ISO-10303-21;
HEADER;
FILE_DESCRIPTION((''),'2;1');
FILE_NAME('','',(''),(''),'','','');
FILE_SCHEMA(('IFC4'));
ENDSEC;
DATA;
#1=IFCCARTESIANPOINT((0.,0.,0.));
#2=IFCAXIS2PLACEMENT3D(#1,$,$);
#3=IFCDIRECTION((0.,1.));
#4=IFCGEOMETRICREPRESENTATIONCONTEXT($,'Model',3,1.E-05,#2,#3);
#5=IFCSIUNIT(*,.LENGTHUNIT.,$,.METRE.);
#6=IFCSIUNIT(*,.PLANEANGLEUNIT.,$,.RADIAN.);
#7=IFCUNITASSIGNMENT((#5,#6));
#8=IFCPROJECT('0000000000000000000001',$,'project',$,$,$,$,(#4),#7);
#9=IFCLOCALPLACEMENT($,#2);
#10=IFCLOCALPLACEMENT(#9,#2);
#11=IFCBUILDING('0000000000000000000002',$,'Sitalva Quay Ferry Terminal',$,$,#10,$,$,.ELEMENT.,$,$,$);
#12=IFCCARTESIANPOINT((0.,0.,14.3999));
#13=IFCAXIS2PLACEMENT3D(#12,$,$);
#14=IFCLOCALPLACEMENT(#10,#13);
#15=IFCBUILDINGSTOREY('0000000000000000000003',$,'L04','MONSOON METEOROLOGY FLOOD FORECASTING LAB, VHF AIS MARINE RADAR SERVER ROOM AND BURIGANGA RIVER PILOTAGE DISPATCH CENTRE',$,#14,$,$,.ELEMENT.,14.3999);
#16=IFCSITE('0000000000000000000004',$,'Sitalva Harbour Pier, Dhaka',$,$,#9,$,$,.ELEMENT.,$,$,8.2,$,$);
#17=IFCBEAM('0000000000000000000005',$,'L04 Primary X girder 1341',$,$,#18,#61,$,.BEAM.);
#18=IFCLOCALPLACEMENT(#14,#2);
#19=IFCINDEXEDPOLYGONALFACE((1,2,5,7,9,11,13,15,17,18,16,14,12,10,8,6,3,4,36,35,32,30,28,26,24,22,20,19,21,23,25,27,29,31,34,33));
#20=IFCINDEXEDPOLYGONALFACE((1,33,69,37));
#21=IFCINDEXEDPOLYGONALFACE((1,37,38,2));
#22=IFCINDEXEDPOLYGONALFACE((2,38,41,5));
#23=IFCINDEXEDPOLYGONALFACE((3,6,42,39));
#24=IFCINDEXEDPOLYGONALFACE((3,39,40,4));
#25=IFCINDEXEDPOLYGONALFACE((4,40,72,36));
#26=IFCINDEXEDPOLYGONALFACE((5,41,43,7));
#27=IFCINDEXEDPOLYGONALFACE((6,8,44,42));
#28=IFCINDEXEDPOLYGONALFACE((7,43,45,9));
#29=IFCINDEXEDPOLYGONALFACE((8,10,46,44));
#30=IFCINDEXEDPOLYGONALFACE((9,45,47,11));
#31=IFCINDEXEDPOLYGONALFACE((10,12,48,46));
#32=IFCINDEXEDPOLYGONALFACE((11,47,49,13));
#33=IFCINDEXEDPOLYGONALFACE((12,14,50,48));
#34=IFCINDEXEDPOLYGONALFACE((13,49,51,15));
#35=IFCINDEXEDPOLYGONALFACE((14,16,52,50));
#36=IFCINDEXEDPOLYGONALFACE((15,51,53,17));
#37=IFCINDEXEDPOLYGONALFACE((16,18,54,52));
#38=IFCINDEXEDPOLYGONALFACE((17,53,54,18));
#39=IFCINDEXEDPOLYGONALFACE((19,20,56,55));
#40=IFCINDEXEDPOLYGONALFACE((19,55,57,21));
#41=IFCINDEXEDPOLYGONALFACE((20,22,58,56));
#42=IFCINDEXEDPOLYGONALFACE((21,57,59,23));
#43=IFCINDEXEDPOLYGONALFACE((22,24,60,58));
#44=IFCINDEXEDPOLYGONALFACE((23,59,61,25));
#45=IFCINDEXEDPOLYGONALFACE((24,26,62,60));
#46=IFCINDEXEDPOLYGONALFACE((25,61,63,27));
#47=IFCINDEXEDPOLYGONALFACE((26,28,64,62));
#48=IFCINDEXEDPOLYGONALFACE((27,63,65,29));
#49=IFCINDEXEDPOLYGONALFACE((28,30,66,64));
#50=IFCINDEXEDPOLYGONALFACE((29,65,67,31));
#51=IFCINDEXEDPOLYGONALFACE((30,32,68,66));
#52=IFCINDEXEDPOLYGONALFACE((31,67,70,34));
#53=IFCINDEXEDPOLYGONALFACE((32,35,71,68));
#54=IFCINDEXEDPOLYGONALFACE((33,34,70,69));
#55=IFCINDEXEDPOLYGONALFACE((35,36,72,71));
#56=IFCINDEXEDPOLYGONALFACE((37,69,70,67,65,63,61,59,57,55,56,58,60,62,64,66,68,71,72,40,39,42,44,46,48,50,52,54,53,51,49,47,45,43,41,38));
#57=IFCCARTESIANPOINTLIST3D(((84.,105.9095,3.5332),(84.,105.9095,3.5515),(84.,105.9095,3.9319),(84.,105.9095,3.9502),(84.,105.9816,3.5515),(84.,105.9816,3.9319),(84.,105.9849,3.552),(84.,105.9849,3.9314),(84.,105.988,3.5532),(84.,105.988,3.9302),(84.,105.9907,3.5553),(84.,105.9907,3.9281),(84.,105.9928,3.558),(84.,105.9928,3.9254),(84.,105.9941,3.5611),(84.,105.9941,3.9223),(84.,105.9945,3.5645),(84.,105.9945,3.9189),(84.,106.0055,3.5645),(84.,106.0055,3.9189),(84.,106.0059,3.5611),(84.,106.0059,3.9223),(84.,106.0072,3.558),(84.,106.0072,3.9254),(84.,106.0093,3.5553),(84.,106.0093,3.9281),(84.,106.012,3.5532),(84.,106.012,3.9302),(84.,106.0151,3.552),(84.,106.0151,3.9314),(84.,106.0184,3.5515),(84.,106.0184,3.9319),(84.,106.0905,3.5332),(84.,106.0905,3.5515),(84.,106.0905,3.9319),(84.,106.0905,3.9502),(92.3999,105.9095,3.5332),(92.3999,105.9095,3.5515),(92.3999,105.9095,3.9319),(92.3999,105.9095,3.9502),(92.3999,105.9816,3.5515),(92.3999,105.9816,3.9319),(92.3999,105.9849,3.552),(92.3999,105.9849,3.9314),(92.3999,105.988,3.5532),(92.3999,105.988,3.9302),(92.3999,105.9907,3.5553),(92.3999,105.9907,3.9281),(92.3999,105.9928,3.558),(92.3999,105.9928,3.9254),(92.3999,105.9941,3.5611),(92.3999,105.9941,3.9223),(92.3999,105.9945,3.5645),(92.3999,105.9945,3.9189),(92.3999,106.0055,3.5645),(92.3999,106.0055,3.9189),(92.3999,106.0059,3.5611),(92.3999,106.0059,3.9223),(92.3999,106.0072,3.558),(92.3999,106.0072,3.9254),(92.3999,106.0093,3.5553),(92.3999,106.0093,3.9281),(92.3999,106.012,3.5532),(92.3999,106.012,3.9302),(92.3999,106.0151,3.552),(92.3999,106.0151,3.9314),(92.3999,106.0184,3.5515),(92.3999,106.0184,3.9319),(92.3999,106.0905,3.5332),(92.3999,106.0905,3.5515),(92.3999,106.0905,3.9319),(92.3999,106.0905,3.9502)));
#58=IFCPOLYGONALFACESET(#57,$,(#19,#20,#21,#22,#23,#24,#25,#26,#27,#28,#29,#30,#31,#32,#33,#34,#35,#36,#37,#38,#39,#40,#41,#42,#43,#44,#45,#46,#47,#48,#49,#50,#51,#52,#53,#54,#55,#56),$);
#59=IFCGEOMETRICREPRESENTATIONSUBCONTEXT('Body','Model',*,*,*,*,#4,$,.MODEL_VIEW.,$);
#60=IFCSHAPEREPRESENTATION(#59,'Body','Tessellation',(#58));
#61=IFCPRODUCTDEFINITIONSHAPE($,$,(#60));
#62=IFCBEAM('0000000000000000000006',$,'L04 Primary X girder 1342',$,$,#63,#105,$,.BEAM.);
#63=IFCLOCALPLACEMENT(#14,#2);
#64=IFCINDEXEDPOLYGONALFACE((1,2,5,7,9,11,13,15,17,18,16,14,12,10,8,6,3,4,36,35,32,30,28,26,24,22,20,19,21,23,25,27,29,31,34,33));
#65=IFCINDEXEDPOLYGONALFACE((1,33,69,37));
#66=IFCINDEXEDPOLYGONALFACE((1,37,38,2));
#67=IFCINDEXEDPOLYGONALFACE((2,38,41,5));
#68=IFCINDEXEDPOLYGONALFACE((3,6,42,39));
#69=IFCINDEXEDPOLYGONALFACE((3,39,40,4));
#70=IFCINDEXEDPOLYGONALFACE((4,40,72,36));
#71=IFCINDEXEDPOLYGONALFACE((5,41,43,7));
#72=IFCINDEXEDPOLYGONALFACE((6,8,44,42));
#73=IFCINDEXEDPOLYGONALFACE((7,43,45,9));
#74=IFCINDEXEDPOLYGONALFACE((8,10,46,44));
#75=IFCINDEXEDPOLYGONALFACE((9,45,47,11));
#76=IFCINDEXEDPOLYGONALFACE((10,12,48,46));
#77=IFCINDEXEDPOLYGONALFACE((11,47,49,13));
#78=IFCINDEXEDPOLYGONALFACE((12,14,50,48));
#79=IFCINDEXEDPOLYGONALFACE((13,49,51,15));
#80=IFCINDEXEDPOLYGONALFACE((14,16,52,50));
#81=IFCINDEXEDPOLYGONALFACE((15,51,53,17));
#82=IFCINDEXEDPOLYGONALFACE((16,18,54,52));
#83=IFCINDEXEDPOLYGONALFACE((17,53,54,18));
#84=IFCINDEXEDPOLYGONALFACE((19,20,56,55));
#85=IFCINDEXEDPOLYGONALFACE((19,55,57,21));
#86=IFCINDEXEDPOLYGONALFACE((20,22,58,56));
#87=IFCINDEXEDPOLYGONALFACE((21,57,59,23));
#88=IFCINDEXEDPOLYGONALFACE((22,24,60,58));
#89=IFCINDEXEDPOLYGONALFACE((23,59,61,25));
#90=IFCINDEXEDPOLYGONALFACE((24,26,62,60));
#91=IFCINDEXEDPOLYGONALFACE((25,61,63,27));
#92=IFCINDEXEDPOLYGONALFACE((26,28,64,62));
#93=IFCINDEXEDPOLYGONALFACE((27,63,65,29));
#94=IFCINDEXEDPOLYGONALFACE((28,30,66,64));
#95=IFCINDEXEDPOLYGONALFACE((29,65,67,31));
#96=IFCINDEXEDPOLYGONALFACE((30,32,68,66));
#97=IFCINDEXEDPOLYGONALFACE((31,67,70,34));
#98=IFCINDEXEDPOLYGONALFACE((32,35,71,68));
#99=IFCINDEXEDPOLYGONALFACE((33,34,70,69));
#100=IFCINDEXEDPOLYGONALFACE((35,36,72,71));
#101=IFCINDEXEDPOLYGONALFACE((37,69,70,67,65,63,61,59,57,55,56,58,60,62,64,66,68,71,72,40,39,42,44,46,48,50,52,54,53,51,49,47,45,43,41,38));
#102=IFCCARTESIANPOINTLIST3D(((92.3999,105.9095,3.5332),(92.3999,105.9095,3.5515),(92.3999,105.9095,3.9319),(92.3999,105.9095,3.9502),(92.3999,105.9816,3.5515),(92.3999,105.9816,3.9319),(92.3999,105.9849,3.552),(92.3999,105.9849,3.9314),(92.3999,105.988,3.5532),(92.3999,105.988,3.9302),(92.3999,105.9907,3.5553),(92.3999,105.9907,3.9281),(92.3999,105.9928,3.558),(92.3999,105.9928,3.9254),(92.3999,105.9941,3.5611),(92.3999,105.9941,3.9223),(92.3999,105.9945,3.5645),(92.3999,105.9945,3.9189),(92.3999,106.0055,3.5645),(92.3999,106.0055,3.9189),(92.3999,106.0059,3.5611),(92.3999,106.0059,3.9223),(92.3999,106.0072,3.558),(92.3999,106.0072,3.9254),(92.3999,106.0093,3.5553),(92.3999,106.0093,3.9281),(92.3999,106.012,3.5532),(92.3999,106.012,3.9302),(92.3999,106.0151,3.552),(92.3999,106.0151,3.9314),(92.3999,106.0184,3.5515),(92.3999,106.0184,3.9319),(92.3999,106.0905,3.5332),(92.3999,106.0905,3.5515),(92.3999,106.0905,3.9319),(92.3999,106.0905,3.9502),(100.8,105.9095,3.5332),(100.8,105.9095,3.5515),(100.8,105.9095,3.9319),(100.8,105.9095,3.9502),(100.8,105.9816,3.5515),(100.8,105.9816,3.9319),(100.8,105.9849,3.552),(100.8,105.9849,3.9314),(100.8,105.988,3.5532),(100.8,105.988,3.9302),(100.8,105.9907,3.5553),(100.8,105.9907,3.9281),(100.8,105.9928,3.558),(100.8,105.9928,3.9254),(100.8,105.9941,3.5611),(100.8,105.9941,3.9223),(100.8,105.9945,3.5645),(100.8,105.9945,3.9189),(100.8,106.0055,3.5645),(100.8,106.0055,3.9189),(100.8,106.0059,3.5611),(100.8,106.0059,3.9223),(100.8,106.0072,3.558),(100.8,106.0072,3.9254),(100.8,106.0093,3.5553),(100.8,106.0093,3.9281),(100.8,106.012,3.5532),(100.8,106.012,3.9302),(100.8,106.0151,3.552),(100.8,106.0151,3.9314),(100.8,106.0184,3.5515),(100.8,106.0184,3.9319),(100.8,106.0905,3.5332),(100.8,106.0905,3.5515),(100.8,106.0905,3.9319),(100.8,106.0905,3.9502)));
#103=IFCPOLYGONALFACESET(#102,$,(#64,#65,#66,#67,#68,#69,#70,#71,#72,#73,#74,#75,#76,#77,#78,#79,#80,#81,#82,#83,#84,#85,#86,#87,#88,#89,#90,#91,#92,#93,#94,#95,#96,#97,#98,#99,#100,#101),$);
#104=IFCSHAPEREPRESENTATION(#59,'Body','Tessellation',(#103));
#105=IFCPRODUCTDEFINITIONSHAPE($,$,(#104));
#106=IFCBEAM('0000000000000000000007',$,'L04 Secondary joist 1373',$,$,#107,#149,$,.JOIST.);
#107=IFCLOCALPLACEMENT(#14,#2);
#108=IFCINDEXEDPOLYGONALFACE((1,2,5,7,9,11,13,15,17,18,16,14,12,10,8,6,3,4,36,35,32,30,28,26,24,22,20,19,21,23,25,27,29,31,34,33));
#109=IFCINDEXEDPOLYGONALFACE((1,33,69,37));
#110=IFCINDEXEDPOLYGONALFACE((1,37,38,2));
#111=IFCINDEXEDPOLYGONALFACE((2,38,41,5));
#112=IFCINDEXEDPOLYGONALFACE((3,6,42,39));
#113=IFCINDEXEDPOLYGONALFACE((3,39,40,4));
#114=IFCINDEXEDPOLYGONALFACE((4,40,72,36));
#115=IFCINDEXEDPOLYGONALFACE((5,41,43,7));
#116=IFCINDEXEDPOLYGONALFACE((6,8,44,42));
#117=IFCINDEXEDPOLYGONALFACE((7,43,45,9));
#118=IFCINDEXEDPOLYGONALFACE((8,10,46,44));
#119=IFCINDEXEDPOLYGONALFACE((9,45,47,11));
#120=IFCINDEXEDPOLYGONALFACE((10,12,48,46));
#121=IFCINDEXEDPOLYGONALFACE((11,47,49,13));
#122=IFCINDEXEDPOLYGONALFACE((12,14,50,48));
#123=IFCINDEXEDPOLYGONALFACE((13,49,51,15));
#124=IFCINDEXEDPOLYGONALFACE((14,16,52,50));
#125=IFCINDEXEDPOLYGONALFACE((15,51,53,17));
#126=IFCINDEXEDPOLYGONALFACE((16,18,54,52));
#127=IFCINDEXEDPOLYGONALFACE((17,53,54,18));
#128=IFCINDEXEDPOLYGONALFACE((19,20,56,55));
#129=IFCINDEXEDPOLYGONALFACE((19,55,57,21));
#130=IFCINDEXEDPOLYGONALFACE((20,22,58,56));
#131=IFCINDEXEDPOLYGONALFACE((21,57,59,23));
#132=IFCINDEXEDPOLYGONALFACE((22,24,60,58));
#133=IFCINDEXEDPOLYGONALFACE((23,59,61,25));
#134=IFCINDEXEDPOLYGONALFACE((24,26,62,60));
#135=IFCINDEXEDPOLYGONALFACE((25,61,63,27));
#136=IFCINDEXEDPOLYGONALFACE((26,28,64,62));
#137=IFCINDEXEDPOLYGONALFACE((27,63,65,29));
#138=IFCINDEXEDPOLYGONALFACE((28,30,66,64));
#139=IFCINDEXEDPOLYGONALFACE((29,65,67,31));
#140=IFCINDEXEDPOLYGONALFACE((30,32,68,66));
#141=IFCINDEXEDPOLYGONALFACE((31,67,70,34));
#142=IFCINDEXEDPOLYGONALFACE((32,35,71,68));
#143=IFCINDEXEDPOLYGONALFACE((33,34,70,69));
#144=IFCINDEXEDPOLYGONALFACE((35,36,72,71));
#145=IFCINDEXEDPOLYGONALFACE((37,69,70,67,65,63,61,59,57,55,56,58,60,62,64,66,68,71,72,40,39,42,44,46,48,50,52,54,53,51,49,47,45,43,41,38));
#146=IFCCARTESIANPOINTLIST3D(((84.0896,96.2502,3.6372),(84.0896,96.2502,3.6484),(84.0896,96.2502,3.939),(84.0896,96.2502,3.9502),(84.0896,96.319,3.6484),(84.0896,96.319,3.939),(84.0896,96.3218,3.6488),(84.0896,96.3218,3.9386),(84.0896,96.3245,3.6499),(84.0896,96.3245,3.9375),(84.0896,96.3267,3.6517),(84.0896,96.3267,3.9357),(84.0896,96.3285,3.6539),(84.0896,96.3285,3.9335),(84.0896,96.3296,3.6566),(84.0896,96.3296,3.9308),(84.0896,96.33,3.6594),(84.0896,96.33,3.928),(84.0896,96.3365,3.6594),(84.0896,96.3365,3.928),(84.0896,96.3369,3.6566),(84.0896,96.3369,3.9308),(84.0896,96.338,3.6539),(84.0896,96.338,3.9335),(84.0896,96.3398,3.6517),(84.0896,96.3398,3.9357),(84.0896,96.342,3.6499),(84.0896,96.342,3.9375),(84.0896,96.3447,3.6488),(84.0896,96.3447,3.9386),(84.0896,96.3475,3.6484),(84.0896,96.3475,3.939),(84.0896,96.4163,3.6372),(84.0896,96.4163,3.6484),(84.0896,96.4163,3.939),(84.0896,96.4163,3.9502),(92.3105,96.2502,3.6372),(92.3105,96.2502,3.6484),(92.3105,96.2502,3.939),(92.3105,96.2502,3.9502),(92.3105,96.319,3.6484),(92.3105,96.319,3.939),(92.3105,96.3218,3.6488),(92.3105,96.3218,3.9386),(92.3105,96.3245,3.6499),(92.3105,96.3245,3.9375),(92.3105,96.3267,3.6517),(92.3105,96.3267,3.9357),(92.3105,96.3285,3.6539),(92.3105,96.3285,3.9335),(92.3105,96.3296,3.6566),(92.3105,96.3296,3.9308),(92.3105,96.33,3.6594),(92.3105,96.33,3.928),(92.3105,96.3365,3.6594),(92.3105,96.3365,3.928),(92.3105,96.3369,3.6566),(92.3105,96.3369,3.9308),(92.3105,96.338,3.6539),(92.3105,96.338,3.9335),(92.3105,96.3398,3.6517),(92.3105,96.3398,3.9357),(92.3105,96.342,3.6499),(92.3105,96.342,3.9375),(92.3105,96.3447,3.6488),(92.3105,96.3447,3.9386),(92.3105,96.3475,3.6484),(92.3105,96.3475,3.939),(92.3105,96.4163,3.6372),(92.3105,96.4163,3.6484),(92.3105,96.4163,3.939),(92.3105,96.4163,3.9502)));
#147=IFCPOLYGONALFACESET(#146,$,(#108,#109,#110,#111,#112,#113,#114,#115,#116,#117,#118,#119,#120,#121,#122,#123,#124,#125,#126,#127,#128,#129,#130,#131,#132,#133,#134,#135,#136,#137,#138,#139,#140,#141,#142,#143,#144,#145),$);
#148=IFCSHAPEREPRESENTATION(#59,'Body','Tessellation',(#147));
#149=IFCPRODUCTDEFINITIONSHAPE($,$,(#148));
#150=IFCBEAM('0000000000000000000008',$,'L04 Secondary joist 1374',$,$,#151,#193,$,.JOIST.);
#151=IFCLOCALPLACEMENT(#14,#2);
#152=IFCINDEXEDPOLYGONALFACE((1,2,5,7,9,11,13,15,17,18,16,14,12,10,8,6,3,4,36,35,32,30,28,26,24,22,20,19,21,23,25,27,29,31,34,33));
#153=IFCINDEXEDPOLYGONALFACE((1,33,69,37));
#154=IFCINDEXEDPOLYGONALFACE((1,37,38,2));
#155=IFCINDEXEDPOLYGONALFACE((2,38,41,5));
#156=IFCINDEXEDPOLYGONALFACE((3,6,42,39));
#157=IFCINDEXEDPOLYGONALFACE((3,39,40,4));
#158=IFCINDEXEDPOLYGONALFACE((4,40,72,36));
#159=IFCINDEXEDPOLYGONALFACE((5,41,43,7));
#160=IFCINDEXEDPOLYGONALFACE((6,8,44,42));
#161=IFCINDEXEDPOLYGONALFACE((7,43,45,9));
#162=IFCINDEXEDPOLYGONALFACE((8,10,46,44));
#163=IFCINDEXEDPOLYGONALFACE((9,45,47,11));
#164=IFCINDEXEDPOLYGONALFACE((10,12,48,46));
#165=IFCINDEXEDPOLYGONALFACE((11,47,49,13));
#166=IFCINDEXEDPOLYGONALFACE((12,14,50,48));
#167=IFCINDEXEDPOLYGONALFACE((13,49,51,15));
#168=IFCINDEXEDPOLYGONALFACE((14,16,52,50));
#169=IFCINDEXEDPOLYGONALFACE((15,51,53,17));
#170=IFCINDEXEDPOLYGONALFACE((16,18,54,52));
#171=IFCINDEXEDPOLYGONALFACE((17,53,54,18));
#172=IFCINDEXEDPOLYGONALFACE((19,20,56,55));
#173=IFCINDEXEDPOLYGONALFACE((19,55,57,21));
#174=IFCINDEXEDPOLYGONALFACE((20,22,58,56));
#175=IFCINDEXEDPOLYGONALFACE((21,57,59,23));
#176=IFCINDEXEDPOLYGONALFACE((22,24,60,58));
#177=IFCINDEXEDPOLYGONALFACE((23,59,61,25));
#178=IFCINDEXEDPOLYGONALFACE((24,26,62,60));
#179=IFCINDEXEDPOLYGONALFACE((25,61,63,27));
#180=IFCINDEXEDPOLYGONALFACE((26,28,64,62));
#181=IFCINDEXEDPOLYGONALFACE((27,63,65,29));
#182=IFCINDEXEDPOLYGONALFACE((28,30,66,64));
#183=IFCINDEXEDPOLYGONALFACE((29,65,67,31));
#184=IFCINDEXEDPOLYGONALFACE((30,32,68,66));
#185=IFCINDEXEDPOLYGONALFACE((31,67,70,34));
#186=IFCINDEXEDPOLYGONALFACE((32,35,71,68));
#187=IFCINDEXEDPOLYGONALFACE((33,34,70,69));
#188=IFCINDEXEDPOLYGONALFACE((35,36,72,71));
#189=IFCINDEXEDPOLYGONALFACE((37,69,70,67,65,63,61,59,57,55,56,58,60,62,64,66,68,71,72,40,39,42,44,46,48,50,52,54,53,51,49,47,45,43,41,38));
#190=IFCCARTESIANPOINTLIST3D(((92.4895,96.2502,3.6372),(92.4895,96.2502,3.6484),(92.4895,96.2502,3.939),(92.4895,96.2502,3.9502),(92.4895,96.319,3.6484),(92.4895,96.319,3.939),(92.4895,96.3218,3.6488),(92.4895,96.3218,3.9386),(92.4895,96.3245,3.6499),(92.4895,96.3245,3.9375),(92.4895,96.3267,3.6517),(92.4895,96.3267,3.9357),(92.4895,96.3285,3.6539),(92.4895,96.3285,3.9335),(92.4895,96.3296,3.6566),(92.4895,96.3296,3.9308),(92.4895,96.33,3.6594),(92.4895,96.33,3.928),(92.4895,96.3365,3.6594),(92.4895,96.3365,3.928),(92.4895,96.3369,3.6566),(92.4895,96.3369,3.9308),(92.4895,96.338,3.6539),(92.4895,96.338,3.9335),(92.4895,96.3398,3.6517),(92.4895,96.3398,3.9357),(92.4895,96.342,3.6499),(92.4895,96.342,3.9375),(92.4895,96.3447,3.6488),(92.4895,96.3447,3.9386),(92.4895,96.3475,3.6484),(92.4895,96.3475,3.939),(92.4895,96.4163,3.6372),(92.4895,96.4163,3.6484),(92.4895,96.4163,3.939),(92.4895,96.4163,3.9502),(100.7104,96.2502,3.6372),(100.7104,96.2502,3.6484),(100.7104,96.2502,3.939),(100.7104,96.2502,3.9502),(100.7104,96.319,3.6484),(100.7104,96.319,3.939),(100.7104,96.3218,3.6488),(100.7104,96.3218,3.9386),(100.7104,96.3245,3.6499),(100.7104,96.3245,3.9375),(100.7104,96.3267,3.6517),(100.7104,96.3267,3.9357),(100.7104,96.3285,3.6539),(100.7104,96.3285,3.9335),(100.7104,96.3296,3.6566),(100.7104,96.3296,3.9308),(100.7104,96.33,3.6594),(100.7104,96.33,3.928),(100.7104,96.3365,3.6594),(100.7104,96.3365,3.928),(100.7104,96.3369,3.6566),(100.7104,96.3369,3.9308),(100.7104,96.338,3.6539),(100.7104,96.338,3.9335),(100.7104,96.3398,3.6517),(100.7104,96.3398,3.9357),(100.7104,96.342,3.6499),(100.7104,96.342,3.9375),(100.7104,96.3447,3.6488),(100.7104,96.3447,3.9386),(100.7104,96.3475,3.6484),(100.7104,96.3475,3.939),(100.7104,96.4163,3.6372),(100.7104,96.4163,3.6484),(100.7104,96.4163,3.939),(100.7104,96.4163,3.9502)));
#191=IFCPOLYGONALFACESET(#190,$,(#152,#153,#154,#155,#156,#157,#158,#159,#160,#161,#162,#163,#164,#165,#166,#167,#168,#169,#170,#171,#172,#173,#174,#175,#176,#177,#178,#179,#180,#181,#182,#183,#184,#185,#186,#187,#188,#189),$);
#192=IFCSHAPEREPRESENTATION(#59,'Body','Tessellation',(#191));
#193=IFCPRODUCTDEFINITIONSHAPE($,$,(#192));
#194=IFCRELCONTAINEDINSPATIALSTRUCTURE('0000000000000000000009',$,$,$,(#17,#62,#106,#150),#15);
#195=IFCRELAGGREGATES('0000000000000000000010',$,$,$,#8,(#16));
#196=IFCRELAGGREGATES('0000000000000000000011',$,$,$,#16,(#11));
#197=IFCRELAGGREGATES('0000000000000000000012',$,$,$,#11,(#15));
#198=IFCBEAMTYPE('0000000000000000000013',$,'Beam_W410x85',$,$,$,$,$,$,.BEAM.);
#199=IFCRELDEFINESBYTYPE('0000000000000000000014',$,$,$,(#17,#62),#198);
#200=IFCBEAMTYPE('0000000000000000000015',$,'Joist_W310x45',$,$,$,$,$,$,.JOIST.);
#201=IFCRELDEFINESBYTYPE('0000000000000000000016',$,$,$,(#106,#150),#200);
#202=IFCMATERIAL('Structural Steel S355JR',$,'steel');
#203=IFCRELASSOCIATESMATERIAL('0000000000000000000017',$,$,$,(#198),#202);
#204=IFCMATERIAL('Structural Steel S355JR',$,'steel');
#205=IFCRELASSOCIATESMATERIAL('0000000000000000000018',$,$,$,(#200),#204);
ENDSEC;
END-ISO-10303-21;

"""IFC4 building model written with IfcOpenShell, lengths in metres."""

from ifc_helpers import new_model, si_unit, direction, frame, origin, origin_2d, place, context, subcontext, project, spatial, i_section, extrude, material, material_profile, profile_set, type_object, element, save


model = new_model("IFC4")

# Units and contexts
model_context = context("Model", 3, precision=1e-05, world=origin(), true_north=direction((0.0, 1.0)))
body_context = subcontext(model_context, "Body", "Model", "MODEL_VIEW")
ifc_project = project(units=[si_unit("LENGTHUNIT", "METRE"), si_unit("PLANEANGLEUNIT", "RADIAN")], contexts=[model_context])

# Site, building, storey
site_placement = place(None, origin())
site = spatial("IfcSite", under=ifc_project, at=site_placement, Name="Sitalva Harbour Pier, Dhaka", CompositionType="ELEMENT", RefElevation=8.2)
building_placement = place(site_placement, origin())
building = spatial("IfcBuilding", under=site, at=building_placement, Name="Sitalva Quay Ferry Terminal", CompositionType="ELEMENT")
storey_placement = place(building_placement, frame((0.0, 0.0, 14.3999)))
storey = spatial("IfcBuildingStorey", under=building, at=storey_placement, Name="L04", Description="MONSOON METEOROLOGY FLOOD FORECASTING LAB, VHF AIS MARINE RADAR SERVER ROOM AND BURIGANGA RIVER PILOTAGE DISPATCH CENTRE", CompositionType="ELEMENT", Elevation=14.3999)

# Beams
ifc_material_1 = material(Name="Structural Steel S355JR", Category="steel")
ifc_material_profile_1 = material_profile(ifc_material_1, i_section(OverallWidth=0.1809, OverallDepth=0.417, WebThickness=0.011, FlangeThickness=0.0183, FilletRadius=0.0129, at=origin_2d()), Name="W410x85")
ifc_profile_set_1 = profile_set([ifc_material_profile_1], Name="Structural Steel S355JR")
beam_type_1 = type_object("IfcBeamType", Name="Beam_W410x85", PredefinedType="BEAM", material=ifc_profile_set_1)
beam_1_placement = place(storey_placement, frame((84.0, 106.0, 3.7417), z_axis=(1.0, 0.0, 0.0), x_axis=(0.0, 1.0, 0.0)))
element("IfcBeam", 1, at=beam_1_placement, inside=storey, type_object=beam_type_1, Name="L04 Primary X girder 1341", PredefinedType="BEAM", context=body_context, shape_type="SweptSolid", body=[
    extrude(i_section(OverallWidth=0.1809, OverallDepth=0.417, WebThickness=0.011, FlangeThickness=0.0183, FilletRadius=0.0129, at=origin_2d()), origin(), (0.0, 0.0, 1.0), 8.3999),
])
beam_2_placement = place(storey_placement, frame((92.3999, 106.0, 3.7417), z_axis=(1.0, 0.0, 0.0), x_axis=(0.0, 1.0, 0.0)))
element("IfcBeam", 2, at=beam_2_placement, inside=storey, type_object=beam_type_1, Name="L04 Primary X girder 1342", PredefinedType="BEAM", context=body_context, shape_type="SweptSolid", body=[
    extrude(i_section(OverallWidth=0.1809, OverallDepth=0.417, WebThickness=0.011, FlangeThickness=0.0183, FilletRadius=0.0129, at=origin_2d()), origin(), (0.0, 0.0, 1.0), 8.4001),
])
ifc_material_2 = material(Name="Structural Steel S355JR", Category="steel")
ifc_material_profile_2 = material_profile(ifc_material_2, i_section(OverallWidth=0.166, OverallDepth=0.313, WebThickness=0.0066, FlangeThickness=0.0112, FilletRadius=0.011, at=origin_2d()), Name="W310x45")
ifc_profile_set_2 = profile_set([ifc_material_profile_2], Name="Structural Steel S355JR")
beam_type_2 = type_object("IfcBeamType", Name="Joist_W310x45", PredefinedType="JOIST", material=ifc_profile_set_2)
for number, where, z_axis, x_axis, name in (
    (3, (84.0896, 96.3333, 3.7937), (1.0, 0.0, 0.0), (0.0, 1.0, 0.0), "L04 Secondary joist 1373"),
    (4, (92.4895, 96.3333, 3.7937), (1.0, 0.0, 0.0), (0.0, 1.0, 0.0), "L04 Secondary joist 1374"),
):
    element("IfcBeam", number, at=place(storey_placement, frame(where, z_axis=z_axis, x_axis=x_axis)), inside=storey, type_object=beam_type_2, Name=name, PredefinedType="JOIST", context=body_context, shape_type="SweptSolid", body=[
        extrude(i_section(OverallWidth=0.166, OverallDepth=0.313, WebThickness=0.0066, FlangeThickness=0.0112, FilletRadius=0.011, at=origin_2d()), origin(), (0.0, 0.0, 1.0), 8.2209),
    ])

save(model, "model.ifc")
